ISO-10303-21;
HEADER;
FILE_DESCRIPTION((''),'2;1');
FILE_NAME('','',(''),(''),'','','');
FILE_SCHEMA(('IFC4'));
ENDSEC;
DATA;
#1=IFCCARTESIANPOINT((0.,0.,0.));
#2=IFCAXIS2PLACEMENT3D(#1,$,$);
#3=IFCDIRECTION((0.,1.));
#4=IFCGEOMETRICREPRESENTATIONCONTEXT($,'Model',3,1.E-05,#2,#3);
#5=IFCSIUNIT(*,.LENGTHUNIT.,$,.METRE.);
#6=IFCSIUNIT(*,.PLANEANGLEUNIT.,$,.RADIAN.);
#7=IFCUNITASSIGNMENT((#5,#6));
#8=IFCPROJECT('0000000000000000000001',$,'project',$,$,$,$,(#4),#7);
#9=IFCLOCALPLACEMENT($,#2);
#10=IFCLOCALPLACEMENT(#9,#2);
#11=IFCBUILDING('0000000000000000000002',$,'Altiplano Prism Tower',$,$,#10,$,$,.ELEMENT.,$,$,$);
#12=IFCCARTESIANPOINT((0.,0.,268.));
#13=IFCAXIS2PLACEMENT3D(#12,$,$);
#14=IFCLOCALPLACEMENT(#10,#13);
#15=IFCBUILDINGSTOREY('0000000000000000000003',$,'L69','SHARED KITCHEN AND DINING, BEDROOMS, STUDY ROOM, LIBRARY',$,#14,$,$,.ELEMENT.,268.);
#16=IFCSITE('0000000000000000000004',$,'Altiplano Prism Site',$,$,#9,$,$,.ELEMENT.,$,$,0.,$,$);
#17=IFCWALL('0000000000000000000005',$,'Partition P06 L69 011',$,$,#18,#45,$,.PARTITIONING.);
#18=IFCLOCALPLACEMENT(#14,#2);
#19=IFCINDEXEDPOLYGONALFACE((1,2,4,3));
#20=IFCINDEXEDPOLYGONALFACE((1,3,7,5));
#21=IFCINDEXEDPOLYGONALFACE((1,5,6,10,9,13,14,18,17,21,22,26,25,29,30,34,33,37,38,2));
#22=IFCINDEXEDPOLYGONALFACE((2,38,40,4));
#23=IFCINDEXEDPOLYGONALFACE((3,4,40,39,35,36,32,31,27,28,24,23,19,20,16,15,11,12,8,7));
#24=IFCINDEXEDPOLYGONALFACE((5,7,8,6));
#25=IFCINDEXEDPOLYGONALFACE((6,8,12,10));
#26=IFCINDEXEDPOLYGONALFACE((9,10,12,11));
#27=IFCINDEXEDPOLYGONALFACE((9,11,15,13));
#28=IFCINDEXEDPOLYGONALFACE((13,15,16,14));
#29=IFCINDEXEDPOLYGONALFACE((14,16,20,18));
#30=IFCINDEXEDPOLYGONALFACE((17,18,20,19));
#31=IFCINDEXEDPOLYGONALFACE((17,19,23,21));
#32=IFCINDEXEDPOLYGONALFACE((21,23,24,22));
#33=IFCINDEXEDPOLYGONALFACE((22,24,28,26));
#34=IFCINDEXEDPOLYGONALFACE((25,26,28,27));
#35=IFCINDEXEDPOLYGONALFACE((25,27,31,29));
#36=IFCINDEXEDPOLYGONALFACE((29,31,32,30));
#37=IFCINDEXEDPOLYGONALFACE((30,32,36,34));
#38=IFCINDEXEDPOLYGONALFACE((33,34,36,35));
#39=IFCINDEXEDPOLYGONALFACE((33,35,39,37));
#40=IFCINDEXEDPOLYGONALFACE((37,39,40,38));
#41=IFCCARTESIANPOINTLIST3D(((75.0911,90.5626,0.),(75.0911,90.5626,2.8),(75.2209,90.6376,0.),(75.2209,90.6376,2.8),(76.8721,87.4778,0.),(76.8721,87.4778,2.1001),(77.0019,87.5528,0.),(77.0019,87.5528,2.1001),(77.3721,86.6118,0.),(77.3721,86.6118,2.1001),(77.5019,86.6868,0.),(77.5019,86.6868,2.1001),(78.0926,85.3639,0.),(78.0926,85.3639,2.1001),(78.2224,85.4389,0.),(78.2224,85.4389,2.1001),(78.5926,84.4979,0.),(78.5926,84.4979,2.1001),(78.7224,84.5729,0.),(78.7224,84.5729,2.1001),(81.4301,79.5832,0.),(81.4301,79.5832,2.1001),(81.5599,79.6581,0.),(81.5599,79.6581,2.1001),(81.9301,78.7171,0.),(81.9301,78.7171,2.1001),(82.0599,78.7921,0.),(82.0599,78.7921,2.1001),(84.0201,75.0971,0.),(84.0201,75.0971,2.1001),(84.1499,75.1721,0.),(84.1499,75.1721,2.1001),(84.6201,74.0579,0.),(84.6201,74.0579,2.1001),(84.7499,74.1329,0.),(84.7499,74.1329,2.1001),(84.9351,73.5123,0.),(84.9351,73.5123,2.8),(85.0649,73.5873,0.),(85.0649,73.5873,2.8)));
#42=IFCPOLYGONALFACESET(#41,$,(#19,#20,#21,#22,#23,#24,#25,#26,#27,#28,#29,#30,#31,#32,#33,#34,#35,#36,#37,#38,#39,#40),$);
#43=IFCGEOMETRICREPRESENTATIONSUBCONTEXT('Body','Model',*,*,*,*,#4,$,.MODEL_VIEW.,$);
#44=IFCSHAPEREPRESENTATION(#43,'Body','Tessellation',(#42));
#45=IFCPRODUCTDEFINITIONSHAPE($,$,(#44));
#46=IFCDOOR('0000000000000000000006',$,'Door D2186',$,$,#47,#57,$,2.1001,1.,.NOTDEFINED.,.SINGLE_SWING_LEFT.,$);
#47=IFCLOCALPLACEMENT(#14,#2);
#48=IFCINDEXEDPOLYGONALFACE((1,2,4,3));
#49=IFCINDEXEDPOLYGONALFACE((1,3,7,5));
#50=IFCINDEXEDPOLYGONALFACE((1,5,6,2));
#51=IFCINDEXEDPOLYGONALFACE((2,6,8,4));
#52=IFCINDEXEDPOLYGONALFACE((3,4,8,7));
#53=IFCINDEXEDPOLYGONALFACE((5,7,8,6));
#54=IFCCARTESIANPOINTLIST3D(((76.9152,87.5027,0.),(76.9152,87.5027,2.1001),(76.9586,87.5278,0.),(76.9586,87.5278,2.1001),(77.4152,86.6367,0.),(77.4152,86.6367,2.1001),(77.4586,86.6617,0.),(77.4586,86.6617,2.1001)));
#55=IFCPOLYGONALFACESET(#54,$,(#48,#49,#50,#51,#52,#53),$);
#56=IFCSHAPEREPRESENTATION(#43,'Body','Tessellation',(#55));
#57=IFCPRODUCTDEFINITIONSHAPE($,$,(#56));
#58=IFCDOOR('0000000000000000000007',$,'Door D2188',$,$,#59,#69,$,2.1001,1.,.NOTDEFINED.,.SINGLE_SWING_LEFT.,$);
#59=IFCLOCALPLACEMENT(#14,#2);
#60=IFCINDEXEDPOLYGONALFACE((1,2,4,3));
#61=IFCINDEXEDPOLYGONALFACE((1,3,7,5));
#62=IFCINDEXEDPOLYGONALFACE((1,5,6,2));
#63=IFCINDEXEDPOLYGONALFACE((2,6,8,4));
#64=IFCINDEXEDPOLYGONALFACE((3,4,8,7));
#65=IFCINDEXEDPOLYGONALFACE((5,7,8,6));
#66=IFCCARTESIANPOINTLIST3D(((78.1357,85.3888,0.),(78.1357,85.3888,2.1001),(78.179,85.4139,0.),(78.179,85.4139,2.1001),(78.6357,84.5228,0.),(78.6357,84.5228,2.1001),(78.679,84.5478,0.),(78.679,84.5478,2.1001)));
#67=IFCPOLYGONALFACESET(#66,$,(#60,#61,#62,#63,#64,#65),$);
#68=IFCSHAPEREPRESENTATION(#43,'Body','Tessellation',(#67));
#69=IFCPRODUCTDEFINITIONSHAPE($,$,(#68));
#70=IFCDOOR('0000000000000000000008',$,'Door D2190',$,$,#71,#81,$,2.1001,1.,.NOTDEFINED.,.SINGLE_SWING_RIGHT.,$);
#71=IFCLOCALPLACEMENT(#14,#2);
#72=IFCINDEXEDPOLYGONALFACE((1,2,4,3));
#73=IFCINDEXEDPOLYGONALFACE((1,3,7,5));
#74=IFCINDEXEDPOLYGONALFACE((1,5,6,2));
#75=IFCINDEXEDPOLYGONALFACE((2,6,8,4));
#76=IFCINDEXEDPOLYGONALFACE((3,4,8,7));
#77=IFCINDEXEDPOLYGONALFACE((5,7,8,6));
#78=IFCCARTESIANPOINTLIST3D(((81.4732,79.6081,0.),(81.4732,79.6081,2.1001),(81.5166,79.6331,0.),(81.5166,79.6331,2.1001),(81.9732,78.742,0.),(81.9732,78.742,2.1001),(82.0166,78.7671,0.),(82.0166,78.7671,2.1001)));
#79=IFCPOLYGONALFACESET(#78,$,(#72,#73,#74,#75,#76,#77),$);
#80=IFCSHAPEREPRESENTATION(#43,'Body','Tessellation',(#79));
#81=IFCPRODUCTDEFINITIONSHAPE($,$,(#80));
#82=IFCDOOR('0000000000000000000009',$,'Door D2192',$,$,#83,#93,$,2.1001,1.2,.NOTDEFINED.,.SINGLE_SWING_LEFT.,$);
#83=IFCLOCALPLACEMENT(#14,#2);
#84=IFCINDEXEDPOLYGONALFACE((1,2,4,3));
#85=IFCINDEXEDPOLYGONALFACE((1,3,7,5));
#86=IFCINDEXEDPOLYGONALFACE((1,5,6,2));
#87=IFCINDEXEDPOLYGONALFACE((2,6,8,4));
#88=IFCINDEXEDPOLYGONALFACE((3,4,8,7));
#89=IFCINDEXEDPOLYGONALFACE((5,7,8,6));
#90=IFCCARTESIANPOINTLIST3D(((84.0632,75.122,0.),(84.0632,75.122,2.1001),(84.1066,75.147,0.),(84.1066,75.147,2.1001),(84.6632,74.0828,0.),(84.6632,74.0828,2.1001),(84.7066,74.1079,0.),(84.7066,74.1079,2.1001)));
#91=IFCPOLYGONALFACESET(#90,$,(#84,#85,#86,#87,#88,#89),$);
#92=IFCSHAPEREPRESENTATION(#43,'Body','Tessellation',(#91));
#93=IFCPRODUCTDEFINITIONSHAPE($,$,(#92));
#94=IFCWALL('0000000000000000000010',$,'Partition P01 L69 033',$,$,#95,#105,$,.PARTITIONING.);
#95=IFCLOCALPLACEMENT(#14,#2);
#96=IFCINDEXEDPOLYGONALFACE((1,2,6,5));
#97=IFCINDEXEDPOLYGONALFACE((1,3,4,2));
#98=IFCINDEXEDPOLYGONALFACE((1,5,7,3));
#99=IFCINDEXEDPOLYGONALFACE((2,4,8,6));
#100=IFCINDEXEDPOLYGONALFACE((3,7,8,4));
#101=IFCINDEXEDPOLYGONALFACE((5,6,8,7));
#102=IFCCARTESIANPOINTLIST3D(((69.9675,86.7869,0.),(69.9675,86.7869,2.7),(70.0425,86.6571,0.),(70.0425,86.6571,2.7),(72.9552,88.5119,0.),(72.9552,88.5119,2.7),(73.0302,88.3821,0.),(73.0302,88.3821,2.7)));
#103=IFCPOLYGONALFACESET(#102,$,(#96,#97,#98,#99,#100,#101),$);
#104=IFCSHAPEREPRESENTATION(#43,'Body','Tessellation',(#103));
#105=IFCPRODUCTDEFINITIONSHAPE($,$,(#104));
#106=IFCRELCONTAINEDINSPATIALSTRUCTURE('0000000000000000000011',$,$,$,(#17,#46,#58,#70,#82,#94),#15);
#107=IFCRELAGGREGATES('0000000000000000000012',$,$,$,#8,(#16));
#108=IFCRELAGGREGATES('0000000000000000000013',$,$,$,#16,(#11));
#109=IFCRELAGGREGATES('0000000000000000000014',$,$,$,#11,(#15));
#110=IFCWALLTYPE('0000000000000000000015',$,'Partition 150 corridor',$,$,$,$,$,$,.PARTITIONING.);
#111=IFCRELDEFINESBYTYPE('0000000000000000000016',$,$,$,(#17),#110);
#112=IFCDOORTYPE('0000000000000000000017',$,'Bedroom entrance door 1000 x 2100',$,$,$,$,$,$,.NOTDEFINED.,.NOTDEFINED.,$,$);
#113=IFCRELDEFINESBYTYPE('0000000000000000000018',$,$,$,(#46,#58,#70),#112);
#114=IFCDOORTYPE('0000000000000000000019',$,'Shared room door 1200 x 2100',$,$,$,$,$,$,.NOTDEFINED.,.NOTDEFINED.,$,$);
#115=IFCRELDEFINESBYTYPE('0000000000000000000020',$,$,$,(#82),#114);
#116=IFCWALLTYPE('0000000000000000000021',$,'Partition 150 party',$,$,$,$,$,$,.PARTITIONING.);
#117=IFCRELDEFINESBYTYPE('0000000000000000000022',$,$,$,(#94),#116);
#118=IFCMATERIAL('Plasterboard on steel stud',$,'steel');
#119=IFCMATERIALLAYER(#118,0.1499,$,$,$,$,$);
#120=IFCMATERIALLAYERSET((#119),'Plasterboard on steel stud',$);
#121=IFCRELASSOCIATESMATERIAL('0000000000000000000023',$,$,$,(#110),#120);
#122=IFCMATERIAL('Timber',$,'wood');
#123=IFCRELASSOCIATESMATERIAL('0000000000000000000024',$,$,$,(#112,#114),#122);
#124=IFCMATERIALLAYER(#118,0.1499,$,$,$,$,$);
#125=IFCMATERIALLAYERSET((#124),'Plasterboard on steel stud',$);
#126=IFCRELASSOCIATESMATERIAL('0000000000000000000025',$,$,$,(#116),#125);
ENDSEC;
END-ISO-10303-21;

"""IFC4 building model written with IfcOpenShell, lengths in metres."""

from ifc_helpers import new_model, si_unit, direction, frame, frame_2d, origin, place, context, subcontext, project, spatial, rectangle, extrude, material, layer, layer_set, type_object, element, fill, save


model = new_model("IFC4")

# Units and contexts
model_context = context("Model", 3, precision=1e-05, world=origin(), true_north=direction((0.0, 1.0)))
body_context = subcontext(model_context, "Body", "Model", "MODEL_VIEW")
ifc_project = project(units=[si_unit("LENGTHUNIT", "METRE"), si_unit("PLANEANGLEUNIT", "RADIAN")], contexts=[model_context])

# Site, building, storey
site_placement = place(None, origin())
site = spatial("IfcSite", under=ifc_project, at=site_placement, Name="Altiplano Prism Site", CompositionType="ELEMENT", RefElevation=0.0)
building_placement = place(site_placement, origin())
building = spatial("IfcBuilding", under=site, at=building_placement, Name="Altiplano Prism Tower", CompositionType="ELEMENT")
storey_placement = place(building_placement, frame((0.0, 0.0, 268.0)))
storey = spatial("IfcBuildingStorey", under=building, at=storey_placement, Name="L69", Description="SHARED KITCHEN AND DINING, BEDROOMS, STUDY ROOM, LIBRARY", CompositionType="ELEMENT", Elevation=268.0)

# Shared definitions
ifc_material_1 = material(Name="Plasterboard on steel stud", Category="steel")

# Shared definitions
ifc_material_2 = material(Name="Timber", Category="wood")

# Shared definitions
ifc_layer_1 = layer(ifc_material_1, 0.1499)
ifc_layer_set_1 = layer_set([ifc_layer_1], Name="Plasterboard on steel stud")
wall_type_1 = type_object("IfcWallType", Name="Partition 150 corridor", PredefinedType="PARTITIONING", material=ifc_layer_set_1)

# Shared definitions
door_type_1 = type_object("IfcDoorType", Name="Bedroom entrance door 1000 x 2100", OperationType="NOTDEFINED", PredefinedType="NOTDEFINED", material=ifc_material_2)

# Wall, openings, doors
wall_1_placement = place(storey_placement, frame((75.156, 90.6001, 0.0), z_axis=(0.0, 0.0, 1.0), x_axis=(0.5, -0.866025, 0.0)))
wall_1 = element("IfcWall", 1, at=wall_1_placement, inside=storey, type_object=wall_type_1, Name="Partition P06 L69 011", PredefinedType="PARTITIONING", context=body_context, shape_type="SweptSolid", body=[
    extrude(rectangle(XDim=19.688, YDim=0.1499, at=frame_2d((9.844, 0.0))), origin(), (0.0, 0.0, 1.0), 2.8),
])
opening_1_placement = place(wall_1_placement, frame((3.562, 0.0, 0.0)))
opening_1 = element("IfcOpeningElement", 2, at=opening_1_placement, cuts=wall_1, PredefinedType="OPENING", context=body_context, shape_type="SweptSolid", body=[
    extrude(rectangle(XDim=1.0, YDim=2.1001, at=frame_2d((0.5, 1.05))), frame((0.0, 0.0854, 0.0), z_axis=(0.0, -1.0, 0.0), x_axis=(1.0, 0.0, 0.0)), (0.0, 0.0, 1.0), 0.1709),
])
opening_2_placement = place(wall_1_placement, frame((6.0029, 0.0, 0.0)))
opening_2 = element("IfcOpeningElement", 3, at=opening_2_placement, cuts=wall_1, PredefinedType="OPENING", context=body_context, shape_type="SweptSolid", body=[
    extrude(rectangle(XDim=1.0, YDim=2.1001, at=frame_2d((0.5, 1.05))), frame((0.0, 0.0854, 0.0), z_axis=(0.0, -1.0, 0.0), x_axis=(1.0, 0.0, 0.0)), (0.0, 0.0, 1.0), 0.1709),
])
opening_3_placement = place(wall_1_placement, frame((12.678, 0.0, 0.0)))
opening_3 = element("IfcOpeningElement", 4, at=opening_3_placement, cuts=wall_1, PredefinedType="OPENING", context=body_context, shape_type="SweptSolid", body=[
    extrude(rectangle(XDim=1.0, YDim=2.1001, at=frame_2d((0.5, 1.05))), frame((0.0, 0.0854, 0.0), z_axis=(0.0, -1.0, 0.0), x_axis=(1.0, 0.0, 0.0)), (0.0, 0.0, 1.0), 0.1709),
])
opening_4_placement = place(wall_1_placement, frame((17.8579, 0.0, 0.0)))
opening_4 = element("IfcOpeningElement", 5, at=opening_4_placement, cuts=wall_1, PredefinedType="OPENING", context=body_context, shape_type="SweptSolid", body=[
    extrude(rectangle(XDim=1.2, YDim=2.1001, at=frame_2d((0.6001, 1.05))), frame((0.0, 0.0854, 0.0), z_axis=(0.0, -1.0, 0.0), x_axis=(1.0, 0.0, 0.0)), (0.0, 0.0, 1.0), 0.1709),
])
door_1_placement = place(opening_1_placement, origin())
door_1 = element("IfcDoor", 6, at=door_1_placement, inside=storey, type_object=door_type_1, Name="Door D2186", OperationType="SINGLE_SWING_LEFT", OverallHeight=2.1001, OverallWidth=1.0, PredefinedType="NOTDEFINED", context=body_context, shape_type="SweptSolid", body=[
    extrude(rectangle(XDim=1.0, YDim=2.1001, at=frame_2d((0.5, 1.05))), frame((0.0, 0.0249, 0.0), z_axis=(0.0, -1.0, 0.0), x_axis=(1.0, 0.0, 0.0)), (0.0, 0.0, 1.0), 0.05),
])
fill(opening_1, door_1)
door_2_placement = place(opening_2_placement, origin())
door_2 = element("IfcDoor", 7, at=door_2_placement, inside=storey, type_object=door_type_1, Name="Door D2188", OperationType="SINGLE_SWING_LEFT", OverallHeight=2.1001, OverallWidth=1.0, PredefinedType="NOTDEFINED", context=body_context, shape_type="SweptSolid", body=[
    extrude(rectangle(XDim=1.0, YDim=2.1001, at=frame_2d((0.5, 1.05))), frame((0.0, 0.0249, 0.0), z_axis=(0.0, -1.0, 0.0), x_axis=(1.0, 0.0, 0.0)), (0.0, 0.0, 1.0), 0.05),
])
fill(opening_2, door_2)
door_3_placement = place(opening_3_placement, origin())
door_3 = element("IfcDoor", 8, at=door_3_placement, inside=storey, type_object=door_type_1, Name="Door D2190", OperationType="SINGLE_SWING_RIGHT", OverallHeight=2.1001, OverallWidth=1.0, PredefinedType="NOTDEFINED", context=body_context, shape_type="SweptSolid", body=[
    extrude(rectangle(XDim=1.0, YDim=2.1001, at=frame_2d((0.5, 1.05))), frame((0.0, 0.0249, 0.0), z_axis=(0.0, -1.0, 0.0), x_axis=(1.0, 0.0, 0.0)), (0.0, 0.0, 1.0), 0.05),
])
fill(opening_3, door_3)
door_type_2 = type_object("IfcDoorType", Name="Shared room door 1200 x 2100", OperationType="NOTDEFINED", PredefinedType="NOTDEFINED", material=ifc_material_2)
door_4_placement = place(opening_4_placement, origin())
door_4 = element("IfcDoor", 9, at=door_4_placement, inside=storey, type_object=door_type_2, Name="Door D2192", OperationType="SINGLE_SWING_LEFT", OverallHeight=2.1001, OverallWidth=1.2, PredefinedType="NOTDEFINED", context=body_context, shape_type="SweptSolid", body=[
    extrude(rectangle(XDim=1.2, YDim=2.1001, at=frame_2d((0.6001, 1.05))), frame((0.0, 0.0249, 0.0), z_axis=(0.0, -1.0, 0.0), x_axis=(1.0, 0.0, 0.0)), (0.0, 0.0, 1.0), 0.05),
])
fill(opening_4, door_4)

# Wall
ifc_layer_2 = layer(ifc_material_1, 0.1499)
ifc_layer_set_2 = layer_set([ifc_layer_2], Name="Plasterboard on steel stud")
wall_type_2 = type_object("IfcWallType", Name="Partition 150 party", PredefinedType="PARTITIONING", material=ifc_layer_set_2)
wall_2_placement = place(storey_placement, frame((70.0049, 86.7219, 0.0), z_axis=(0.0, 0.0, 1.0), x_axis=(0.866014, 0.500021, 0.0)))
element("IfcWall", 10, at=wall_2_placement, inside=storey, type_object=wall_type_2, Name="Partition P01 L69 033", PredefinedType="PARTITIONING", context=body_context, shape_type="SweptSolid", body=[
    extrude(rectangle(XDim=3.45, YDim=0.1499, at=frame_2d((1.7251, 0.0))), origin(), (0.0, 0.0, 1.0), 2.7),
])

save(model, "model.ifc")
